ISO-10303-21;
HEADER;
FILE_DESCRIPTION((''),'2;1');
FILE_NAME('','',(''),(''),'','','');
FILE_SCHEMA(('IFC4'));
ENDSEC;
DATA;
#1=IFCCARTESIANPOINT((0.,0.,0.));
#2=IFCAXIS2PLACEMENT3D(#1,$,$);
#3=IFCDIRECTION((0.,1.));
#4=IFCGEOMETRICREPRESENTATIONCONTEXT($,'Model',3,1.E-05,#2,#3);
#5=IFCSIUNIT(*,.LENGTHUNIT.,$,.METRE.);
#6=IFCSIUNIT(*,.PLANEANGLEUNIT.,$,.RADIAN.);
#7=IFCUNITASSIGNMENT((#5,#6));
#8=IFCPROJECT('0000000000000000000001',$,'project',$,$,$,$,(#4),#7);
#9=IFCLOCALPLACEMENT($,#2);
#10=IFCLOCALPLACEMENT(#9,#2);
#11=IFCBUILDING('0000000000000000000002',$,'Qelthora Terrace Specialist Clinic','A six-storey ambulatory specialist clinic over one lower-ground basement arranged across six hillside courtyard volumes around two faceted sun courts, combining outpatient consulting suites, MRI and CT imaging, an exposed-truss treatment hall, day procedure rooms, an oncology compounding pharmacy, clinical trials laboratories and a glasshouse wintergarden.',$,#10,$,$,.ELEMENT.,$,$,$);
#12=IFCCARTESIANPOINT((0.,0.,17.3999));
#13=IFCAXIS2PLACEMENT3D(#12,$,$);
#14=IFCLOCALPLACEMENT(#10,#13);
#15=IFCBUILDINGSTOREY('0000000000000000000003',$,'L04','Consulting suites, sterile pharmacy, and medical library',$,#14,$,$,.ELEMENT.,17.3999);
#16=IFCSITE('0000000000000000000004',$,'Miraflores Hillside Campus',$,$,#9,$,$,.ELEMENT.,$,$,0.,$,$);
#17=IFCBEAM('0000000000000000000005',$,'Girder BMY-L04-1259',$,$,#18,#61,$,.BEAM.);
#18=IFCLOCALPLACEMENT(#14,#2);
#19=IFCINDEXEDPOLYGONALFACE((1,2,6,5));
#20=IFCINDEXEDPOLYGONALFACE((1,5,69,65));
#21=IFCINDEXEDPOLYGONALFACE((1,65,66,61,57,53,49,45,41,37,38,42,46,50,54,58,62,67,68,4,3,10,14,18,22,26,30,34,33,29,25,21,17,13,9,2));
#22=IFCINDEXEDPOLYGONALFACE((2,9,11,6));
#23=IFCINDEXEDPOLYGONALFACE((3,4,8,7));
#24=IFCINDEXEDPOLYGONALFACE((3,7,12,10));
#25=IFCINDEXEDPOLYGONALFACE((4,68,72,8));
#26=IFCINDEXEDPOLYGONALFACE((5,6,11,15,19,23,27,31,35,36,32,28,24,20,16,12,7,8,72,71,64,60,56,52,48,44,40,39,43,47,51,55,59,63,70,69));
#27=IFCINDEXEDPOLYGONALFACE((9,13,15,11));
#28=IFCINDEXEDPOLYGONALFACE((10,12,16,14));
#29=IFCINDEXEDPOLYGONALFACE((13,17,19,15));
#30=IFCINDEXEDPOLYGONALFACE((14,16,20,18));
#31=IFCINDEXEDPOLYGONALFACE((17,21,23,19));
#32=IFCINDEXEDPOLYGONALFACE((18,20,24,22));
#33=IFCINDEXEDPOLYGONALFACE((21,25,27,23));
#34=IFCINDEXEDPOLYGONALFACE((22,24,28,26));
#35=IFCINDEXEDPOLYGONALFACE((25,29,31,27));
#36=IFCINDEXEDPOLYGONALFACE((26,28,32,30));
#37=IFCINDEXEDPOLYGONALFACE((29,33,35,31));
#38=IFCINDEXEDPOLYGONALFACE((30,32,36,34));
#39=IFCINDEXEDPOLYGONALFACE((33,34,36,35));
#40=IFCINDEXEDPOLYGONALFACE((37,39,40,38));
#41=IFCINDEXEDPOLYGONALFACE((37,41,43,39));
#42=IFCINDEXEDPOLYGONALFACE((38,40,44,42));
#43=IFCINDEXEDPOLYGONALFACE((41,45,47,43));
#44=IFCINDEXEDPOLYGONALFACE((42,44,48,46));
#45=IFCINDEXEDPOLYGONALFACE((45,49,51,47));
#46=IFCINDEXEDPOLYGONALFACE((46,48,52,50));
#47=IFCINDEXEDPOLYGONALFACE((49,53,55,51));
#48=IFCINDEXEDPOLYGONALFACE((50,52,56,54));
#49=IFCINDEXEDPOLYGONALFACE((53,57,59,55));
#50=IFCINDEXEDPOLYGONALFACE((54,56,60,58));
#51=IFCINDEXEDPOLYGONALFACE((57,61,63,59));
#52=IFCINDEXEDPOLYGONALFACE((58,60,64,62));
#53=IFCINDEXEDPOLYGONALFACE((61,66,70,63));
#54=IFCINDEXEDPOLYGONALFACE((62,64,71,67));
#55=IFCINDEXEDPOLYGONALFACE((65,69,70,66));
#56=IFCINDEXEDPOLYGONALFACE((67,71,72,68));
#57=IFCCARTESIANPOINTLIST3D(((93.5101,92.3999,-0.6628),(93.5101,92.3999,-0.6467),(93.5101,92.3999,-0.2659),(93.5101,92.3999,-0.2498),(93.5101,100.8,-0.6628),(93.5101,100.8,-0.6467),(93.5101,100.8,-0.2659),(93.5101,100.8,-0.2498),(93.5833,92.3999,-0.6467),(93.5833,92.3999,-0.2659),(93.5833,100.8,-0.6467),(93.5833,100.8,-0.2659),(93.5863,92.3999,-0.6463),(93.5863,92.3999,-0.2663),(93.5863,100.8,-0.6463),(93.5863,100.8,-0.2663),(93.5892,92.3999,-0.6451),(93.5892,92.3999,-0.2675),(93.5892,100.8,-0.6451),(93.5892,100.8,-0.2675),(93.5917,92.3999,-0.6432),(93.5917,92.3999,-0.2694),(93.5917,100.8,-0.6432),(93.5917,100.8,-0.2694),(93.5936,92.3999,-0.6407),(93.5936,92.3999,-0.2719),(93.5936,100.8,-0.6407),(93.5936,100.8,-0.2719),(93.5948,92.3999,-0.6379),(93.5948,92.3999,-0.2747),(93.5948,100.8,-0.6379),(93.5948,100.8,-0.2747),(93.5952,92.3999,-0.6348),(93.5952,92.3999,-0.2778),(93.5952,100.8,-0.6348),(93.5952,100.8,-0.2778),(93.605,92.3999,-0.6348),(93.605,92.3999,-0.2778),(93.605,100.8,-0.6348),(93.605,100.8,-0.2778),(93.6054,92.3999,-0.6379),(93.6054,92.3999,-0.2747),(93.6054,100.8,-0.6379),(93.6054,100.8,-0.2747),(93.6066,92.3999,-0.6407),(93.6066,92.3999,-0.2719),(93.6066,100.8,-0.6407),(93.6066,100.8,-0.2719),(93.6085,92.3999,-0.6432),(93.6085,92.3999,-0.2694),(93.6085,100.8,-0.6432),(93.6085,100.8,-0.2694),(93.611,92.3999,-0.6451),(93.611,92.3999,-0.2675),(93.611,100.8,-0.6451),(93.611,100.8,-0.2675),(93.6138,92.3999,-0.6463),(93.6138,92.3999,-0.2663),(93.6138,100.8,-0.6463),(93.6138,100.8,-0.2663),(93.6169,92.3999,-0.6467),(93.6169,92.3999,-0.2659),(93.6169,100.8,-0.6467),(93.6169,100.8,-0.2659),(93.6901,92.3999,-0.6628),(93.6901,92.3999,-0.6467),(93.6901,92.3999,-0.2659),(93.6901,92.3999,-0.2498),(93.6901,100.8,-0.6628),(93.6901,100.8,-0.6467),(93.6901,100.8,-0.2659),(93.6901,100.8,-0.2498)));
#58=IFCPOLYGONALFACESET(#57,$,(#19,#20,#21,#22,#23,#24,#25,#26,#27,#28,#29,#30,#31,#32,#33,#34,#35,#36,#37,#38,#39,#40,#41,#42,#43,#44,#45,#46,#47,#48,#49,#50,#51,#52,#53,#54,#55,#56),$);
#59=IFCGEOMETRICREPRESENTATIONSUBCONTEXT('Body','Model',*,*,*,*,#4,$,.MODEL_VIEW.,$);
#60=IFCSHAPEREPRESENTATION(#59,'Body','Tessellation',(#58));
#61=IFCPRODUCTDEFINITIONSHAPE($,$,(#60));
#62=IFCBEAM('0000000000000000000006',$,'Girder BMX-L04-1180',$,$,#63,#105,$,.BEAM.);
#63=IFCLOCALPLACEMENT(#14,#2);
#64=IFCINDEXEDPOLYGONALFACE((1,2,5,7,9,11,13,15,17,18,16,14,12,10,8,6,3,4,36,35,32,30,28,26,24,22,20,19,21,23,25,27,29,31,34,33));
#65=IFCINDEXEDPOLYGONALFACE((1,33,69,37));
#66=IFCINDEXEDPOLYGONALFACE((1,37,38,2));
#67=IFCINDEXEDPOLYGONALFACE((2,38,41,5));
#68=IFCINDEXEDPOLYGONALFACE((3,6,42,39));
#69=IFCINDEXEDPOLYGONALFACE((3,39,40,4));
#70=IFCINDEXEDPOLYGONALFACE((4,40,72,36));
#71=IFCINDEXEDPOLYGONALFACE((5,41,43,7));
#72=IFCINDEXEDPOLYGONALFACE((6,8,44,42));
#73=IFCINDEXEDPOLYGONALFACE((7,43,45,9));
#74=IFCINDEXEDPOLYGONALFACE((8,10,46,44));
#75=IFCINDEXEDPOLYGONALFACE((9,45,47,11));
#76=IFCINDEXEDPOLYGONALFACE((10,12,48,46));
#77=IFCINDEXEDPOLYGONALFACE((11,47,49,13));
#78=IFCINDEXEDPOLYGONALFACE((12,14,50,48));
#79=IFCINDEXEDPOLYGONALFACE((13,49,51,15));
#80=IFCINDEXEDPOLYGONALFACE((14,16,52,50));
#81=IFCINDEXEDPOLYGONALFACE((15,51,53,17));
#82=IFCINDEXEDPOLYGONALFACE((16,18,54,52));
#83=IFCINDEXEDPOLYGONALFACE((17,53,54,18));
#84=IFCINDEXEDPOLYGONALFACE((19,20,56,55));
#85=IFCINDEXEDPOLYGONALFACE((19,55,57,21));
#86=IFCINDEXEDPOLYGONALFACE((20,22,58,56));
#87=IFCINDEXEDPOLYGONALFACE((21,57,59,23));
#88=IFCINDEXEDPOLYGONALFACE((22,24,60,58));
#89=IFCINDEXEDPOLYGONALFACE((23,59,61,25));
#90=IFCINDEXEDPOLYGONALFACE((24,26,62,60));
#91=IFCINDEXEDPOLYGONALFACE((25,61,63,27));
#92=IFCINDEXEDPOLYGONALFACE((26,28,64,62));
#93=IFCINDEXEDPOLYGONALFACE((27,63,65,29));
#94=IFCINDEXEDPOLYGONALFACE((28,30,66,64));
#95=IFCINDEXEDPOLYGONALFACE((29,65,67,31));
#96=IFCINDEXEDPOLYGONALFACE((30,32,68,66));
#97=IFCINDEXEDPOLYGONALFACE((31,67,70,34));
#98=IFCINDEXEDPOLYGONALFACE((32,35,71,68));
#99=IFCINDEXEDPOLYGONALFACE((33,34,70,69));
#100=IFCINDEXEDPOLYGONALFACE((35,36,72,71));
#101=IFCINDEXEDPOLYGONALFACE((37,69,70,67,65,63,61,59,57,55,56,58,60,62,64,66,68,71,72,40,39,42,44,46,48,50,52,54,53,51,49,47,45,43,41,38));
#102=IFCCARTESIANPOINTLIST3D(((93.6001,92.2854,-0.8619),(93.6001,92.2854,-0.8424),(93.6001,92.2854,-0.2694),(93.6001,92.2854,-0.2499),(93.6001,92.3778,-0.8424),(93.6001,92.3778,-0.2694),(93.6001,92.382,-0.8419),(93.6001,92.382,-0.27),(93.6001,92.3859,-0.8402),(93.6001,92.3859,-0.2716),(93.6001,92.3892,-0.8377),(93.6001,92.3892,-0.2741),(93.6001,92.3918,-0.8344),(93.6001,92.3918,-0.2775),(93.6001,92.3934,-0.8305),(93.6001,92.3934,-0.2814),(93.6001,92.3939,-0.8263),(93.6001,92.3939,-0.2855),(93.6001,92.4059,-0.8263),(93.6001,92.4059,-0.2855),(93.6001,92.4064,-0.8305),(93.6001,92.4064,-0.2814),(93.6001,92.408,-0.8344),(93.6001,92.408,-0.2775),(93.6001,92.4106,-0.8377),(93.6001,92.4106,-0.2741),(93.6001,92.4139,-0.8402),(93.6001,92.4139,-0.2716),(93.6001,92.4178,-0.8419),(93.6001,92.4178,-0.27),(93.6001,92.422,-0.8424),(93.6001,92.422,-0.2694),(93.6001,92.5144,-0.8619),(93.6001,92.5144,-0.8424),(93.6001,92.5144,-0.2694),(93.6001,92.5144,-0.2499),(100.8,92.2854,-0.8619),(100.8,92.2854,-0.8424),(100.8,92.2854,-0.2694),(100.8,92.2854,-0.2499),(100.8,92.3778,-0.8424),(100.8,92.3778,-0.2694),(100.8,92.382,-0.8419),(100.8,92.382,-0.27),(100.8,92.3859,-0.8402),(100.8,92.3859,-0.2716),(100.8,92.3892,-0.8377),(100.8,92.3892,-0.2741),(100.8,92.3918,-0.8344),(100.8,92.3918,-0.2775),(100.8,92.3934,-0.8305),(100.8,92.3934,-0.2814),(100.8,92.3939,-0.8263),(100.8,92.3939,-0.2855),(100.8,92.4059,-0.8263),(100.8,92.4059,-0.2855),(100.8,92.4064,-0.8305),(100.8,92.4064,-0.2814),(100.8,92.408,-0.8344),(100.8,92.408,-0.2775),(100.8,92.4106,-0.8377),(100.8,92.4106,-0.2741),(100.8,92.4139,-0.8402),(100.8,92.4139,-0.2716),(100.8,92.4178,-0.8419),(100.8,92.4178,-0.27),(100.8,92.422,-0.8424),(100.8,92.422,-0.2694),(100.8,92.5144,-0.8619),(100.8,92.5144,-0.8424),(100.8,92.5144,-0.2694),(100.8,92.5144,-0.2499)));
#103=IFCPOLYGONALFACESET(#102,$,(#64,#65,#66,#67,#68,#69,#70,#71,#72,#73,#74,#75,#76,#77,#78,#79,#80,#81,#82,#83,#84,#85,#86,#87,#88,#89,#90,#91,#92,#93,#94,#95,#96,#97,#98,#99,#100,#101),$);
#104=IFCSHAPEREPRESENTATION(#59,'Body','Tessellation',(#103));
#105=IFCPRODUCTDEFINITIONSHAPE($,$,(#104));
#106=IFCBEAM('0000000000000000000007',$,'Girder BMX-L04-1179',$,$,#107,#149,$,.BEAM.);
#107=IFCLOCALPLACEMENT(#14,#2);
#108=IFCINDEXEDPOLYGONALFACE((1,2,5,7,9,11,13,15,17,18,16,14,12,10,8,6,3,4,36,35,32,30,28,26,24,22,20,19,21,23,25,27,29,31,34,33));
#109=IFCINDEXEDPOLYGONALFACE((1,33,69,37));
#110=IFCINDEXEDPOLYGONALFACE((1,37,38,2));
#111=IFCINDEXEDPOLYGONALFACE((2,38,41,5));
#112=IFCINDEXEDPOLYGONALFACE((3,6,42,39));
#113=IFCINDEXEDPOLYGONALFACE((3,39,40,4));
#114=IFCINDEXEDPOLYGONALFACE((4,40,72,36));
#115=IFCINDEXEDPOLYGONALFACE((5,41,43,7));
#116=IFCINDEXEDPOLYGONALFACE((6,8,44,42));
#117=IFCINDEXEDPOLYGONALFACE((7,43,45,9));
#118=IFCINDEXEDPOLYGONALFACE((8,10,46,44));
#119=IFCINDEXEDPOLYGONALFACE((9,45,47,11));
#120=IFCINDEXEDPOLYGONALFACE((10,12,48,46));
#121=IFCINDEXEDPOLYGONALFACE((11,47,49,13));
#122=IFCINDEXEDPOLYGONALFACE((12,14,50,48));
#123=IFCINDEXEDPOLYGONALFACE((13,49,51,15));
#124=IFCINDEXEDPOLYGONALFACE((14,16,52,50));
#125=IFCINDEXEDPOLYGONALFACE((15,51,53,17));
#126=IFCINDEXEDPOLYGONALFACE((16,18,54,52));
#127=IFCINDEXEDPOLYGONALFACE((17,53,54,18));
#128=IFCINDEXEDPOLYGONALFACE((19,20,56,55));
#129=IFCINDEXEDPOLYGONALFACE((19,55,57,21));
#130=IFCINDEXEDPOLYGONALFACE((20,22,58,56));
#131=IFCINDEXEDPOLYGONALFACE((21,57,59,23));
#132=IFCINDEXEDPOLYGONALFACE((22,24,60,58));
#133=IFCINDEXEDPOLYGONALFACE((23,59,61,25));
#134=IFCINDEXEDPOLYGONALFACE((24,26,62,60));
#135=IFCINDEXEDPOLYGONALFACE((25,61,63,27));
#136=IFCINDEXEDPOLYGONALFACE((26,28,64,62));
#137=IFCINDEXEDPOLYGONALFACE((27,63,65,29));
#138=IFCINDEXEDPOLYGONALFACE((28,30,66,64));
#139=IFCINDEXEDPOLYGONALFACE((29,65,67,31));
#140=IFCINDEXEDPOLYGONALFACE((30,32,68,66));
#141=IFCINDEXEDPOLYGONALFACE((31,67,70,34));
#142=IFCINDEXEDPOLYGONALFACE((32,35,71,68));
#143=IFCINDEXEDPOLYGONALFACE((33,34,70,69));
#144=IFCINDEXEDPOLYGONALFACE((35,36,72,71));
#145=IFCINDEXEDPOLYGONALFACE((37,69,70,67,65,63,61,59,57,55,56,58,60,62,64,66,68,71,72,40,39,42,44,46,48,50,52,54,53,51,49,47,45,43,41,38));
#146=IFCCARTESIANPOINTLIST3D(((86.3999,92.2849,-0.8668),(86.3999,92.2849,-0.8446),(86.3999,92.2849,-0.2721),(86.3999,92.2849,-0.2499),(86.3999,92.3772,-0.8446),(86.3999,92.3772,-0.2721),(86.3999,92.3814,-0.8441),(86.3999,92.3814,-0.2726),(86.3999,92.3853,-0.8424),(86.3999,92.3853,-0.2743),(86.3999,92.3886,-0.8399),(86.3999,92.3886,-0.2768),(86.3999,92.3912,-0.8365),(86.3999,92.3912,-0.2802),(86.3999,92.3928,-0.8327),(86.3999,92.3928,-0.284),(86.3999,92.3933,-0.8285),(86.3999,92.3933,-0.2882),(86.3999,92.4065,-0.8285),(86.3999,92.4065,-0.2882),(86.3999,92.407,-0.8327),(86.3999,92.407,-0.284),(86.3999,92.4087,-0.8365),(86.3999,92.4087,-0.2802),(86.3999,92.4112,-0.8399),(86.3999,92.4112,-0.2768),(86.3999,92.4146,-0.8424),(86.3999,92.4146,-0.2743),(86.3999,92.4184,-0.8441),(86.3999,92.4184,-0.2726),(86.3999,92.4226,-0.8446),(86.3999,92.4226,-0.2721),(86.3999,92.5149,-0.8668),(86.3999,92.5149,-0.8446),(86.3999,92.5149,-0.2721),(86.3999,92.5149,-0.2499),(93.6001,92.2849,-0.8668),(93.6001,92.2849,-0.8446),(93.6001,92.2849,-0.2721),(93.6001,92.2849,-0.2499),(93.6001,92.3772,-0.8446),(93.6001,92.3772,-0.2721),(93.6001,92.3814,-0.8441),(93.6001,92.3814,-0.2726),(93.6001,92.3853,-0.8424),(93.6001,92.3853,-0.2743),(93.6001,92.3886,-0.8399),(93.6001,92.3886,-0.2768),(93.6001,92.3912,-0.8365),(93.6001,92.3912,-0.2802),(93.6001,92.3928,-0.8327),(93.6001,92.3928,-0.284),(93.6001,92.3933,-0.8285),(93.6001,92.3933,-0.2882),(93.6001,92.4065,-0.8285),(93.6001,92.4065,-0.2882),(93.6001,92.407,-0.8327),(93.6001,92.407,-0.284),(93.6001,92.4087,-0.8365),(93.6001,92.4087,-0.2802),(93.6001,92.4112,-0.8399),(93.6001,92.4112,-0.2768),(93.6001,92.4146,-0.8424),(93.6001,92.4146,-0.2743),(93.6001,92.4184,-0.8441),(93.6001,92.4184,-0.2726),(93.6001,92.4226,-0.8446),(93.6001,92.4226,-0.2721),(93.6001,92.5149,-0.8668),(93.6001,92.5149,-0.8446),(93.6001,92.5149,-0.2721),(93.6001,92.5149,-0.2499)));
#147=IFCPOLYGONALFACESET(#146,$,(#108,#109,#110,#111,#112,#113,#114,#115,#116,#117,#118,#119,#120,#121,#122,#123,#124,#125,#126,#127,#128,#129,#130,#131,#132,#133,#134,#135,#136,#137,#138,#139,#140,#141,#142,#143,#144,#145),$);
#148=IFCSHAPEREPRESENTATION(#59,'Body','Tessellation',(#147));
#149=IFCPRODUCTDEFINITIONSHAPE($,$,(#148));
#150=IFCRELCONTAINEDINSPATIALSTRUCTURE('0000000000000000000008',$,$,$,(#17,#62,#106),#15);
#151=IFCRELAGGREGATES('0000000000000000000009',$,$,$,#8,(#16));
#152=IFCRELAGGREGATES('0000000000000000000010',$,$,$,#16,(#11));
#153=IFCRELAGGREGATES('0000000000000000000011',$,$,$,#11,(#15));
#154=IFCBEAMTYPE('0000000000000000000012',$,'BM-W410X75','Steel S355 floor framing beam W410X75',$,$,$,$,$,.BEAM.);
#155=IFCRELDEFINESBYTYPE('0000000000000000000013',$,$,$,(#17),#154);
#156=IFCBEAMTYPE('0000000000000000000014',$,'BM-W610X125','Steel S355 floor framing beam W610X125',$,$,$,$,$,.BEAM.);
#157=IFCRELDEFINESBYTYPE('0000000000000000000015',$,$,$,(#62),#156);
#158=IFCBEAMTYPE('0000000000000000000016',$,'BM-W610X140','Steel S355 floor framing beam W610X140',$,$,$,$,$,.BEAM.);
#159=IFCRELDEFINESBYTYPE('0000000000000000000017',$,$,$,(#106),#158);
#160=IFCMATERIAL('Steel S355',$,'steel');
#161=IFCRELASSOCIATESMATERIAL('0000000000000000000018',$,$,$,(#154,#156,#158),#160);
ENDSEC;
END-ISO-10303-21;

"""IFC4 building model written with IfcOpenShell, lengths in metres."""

from ifc_helpers import new_model, si_unit, direction, frame, origin, origin_2d, place, context, subcontext, project, spatial, i_section, extrude, material, material_profile, profile_set, type_object, element, save


model = new_model("IFC4")

# Units and contexts
model_context = context("Model", 3, precision=1e-05, world=origin(), true_north=direction((0.0, 1.0)))
body_context = subcontext(model_context, "Body", "Model", "MODEL_VIEW")
ifc_project = project(units=[si_unit("LENGTHUNIT", "METRE"), si_unit("PLANEANGLEUNIT", "RADIAN")], contexts=[model_context])

# Site, building, storey
site_placement = place(None, origin())
site = spatial("IfcSite", under=ifc_project, at=site_placement, Name="Miraflores Hillside Campus", CompositionType="ELEMENT", RefElevation=0.0)
building_placement = place(site_placement, origin())
building = spatial("IfcBuilding", under=site, at=building_placement, Name="Qelthora Terrace Specialist Clinic", Description="A six-storey ambulatory specialist clinic over one lower-ground basement arranged across six hillside courtyard volumes around two faceted sun courts, combining outpatient consulting suites, MRI and CT imaging, an exposed-truss treatment hall, day procedure rooms, an oncology compounding pharmacy, clinical trials laboratories and a glasshouse wintergarden.", CompositionType="ELEMENT")
storey_placement = place(building_placement, frame((0.0, 0.0, 17.3999)))
storey = spatial("IfcBuildingStorey", under=building, at=storey_placement, Name="L04", Description="Consulting suites, sterile pharmacy, and medical library", CompositionType="ELEMENT", Elevation=17.3999)

# Shared definitions
ifc_material_1 = material(Name="Steel S355", Category="steel")

# Beams
ifc_material_profile_1 = material_profile(ifc_material_1, i_section(OverallWidth=0.1799, OverallDepth=0.4131, WebThickness=0.0098, FlangeThickness=0.0161, FilletRadius=0.012, at=origin_2d()), Name="W410X75")
ifc_profile_set_1 = profile_set([ifc_material_profile_1], Name="Steel S355")
beam_type_1 = type_object("IfcBeamType", Name="BM-W410X75", Description="Steel S355 floor framing beam W410X75", PredefinedType="BEAM", material=ifc_profile_set_1)
beam_1_placement = place(storey_placement, frame((93.6001, 92.3999, -0.4563), z_axis=(0.0, 1.0, 0.0), x_axis=(-1.0, 0.0, 0.0)))
element("IfcBeam", 1, at=beam_1_placement, inside=storey, type_object=beam_type_1, Name="Girder BMY-L04-1259", PredefinedType="BEAM", context=body_context, shape_type="SweptSolid", body=[
    extrude(i_section(OverallWidth=0.1799, OverallDepth=0.4131, WebThickness=0.0098, FlangeThickness=0.0161, FilletRadius=0.012, at=origin_2d()), origin(), (0.0, 0.0, 1.0), 8.4001),
])
ifc_material_profile_2 = material_profile(ifc_material_1, i_section(OverallWidth=0.229, OverallDepth=0.6121, WebThickness=0.012, FlangeThickness=0.0195, FilletRadius=0.0161, at=origin_2d()), Name="W610X125")
ifc_profile_set_2 = profile_set([ifc_material_profile_2], Name="Steel S355")
beam_type_2 = type_object("IfcBeamType", Name="BM-W610X125", Description="Steel S355 floor framing beam W610X125", PredefinedType="BEAM", material=ifc_profile_set_2)
beam_2_placement = place(storey_placement, frame((93.6001, 92.3999, -0.5559), z_axis=(1.0, 0.0, 0.0), x_axis=(0.0, 1.0, 0.0)))
element("IfcBeam", 2, at=beam_2_placement, inside=storey, type_object=beam_type_2, Name="Girder BMX-L04-1180", PredefinedType="BEAM", context=body_context, shape_type="SweptSolid", body=[
    extrude(i_section(OverallWidth=0.229, OverallDepth=0.6121, WebThickness=0.012, FlangeThickness=0.0195, FilletRadius=0.0161, at=origin_2d()), origin(), (0.0, 0.0, 1.0), 7.2),
])
ifc_material_profile_3 = material_profile(ifc_material_1, i_section(OverallWidth=0.23, OverallDepth=0.6169, WebThickness=0.0132, FlangeThickness=0.0222, FilletRadius=0.0161, at=origin_2d()), Name="W610X140")
ifc_profile_set_3 = profile_set([ifc_material_profile_3], Name="Steel S355")
beam_type_3 = type_object("IfcBeamType", Name="BM-W610X140", Description="Steel S355 floor framing beam W610X140", PredefinedType="BEAM", material=ifc_profile_set_3)
beam_3_placement = place(storey_placement, frame((86.3999, 92.3999, -0.5583), z_axis=(1.0, 0.0, 0.0), x_axis=(0.0, 1.0, 0.0)))
element("IfcBeam", 3, at=beam_3_placement, inside=storey, type_object=beam_type_3, Name="Girder BMX-L04-1179", PredefinedType="BEAM", context=body_context, shape_type="SweptSolid", body=[
    extrude(i_section(OverallWidth=0.23, OverallDepth=0.6169, WebThickness=0.0132, FlangeThickness=0.0222, FilletRadius=0.0161, at=origin_2d()), origin(), (0.0, 0.0, 1.0), 7.2002),
])

save(model, "model.ifc")
